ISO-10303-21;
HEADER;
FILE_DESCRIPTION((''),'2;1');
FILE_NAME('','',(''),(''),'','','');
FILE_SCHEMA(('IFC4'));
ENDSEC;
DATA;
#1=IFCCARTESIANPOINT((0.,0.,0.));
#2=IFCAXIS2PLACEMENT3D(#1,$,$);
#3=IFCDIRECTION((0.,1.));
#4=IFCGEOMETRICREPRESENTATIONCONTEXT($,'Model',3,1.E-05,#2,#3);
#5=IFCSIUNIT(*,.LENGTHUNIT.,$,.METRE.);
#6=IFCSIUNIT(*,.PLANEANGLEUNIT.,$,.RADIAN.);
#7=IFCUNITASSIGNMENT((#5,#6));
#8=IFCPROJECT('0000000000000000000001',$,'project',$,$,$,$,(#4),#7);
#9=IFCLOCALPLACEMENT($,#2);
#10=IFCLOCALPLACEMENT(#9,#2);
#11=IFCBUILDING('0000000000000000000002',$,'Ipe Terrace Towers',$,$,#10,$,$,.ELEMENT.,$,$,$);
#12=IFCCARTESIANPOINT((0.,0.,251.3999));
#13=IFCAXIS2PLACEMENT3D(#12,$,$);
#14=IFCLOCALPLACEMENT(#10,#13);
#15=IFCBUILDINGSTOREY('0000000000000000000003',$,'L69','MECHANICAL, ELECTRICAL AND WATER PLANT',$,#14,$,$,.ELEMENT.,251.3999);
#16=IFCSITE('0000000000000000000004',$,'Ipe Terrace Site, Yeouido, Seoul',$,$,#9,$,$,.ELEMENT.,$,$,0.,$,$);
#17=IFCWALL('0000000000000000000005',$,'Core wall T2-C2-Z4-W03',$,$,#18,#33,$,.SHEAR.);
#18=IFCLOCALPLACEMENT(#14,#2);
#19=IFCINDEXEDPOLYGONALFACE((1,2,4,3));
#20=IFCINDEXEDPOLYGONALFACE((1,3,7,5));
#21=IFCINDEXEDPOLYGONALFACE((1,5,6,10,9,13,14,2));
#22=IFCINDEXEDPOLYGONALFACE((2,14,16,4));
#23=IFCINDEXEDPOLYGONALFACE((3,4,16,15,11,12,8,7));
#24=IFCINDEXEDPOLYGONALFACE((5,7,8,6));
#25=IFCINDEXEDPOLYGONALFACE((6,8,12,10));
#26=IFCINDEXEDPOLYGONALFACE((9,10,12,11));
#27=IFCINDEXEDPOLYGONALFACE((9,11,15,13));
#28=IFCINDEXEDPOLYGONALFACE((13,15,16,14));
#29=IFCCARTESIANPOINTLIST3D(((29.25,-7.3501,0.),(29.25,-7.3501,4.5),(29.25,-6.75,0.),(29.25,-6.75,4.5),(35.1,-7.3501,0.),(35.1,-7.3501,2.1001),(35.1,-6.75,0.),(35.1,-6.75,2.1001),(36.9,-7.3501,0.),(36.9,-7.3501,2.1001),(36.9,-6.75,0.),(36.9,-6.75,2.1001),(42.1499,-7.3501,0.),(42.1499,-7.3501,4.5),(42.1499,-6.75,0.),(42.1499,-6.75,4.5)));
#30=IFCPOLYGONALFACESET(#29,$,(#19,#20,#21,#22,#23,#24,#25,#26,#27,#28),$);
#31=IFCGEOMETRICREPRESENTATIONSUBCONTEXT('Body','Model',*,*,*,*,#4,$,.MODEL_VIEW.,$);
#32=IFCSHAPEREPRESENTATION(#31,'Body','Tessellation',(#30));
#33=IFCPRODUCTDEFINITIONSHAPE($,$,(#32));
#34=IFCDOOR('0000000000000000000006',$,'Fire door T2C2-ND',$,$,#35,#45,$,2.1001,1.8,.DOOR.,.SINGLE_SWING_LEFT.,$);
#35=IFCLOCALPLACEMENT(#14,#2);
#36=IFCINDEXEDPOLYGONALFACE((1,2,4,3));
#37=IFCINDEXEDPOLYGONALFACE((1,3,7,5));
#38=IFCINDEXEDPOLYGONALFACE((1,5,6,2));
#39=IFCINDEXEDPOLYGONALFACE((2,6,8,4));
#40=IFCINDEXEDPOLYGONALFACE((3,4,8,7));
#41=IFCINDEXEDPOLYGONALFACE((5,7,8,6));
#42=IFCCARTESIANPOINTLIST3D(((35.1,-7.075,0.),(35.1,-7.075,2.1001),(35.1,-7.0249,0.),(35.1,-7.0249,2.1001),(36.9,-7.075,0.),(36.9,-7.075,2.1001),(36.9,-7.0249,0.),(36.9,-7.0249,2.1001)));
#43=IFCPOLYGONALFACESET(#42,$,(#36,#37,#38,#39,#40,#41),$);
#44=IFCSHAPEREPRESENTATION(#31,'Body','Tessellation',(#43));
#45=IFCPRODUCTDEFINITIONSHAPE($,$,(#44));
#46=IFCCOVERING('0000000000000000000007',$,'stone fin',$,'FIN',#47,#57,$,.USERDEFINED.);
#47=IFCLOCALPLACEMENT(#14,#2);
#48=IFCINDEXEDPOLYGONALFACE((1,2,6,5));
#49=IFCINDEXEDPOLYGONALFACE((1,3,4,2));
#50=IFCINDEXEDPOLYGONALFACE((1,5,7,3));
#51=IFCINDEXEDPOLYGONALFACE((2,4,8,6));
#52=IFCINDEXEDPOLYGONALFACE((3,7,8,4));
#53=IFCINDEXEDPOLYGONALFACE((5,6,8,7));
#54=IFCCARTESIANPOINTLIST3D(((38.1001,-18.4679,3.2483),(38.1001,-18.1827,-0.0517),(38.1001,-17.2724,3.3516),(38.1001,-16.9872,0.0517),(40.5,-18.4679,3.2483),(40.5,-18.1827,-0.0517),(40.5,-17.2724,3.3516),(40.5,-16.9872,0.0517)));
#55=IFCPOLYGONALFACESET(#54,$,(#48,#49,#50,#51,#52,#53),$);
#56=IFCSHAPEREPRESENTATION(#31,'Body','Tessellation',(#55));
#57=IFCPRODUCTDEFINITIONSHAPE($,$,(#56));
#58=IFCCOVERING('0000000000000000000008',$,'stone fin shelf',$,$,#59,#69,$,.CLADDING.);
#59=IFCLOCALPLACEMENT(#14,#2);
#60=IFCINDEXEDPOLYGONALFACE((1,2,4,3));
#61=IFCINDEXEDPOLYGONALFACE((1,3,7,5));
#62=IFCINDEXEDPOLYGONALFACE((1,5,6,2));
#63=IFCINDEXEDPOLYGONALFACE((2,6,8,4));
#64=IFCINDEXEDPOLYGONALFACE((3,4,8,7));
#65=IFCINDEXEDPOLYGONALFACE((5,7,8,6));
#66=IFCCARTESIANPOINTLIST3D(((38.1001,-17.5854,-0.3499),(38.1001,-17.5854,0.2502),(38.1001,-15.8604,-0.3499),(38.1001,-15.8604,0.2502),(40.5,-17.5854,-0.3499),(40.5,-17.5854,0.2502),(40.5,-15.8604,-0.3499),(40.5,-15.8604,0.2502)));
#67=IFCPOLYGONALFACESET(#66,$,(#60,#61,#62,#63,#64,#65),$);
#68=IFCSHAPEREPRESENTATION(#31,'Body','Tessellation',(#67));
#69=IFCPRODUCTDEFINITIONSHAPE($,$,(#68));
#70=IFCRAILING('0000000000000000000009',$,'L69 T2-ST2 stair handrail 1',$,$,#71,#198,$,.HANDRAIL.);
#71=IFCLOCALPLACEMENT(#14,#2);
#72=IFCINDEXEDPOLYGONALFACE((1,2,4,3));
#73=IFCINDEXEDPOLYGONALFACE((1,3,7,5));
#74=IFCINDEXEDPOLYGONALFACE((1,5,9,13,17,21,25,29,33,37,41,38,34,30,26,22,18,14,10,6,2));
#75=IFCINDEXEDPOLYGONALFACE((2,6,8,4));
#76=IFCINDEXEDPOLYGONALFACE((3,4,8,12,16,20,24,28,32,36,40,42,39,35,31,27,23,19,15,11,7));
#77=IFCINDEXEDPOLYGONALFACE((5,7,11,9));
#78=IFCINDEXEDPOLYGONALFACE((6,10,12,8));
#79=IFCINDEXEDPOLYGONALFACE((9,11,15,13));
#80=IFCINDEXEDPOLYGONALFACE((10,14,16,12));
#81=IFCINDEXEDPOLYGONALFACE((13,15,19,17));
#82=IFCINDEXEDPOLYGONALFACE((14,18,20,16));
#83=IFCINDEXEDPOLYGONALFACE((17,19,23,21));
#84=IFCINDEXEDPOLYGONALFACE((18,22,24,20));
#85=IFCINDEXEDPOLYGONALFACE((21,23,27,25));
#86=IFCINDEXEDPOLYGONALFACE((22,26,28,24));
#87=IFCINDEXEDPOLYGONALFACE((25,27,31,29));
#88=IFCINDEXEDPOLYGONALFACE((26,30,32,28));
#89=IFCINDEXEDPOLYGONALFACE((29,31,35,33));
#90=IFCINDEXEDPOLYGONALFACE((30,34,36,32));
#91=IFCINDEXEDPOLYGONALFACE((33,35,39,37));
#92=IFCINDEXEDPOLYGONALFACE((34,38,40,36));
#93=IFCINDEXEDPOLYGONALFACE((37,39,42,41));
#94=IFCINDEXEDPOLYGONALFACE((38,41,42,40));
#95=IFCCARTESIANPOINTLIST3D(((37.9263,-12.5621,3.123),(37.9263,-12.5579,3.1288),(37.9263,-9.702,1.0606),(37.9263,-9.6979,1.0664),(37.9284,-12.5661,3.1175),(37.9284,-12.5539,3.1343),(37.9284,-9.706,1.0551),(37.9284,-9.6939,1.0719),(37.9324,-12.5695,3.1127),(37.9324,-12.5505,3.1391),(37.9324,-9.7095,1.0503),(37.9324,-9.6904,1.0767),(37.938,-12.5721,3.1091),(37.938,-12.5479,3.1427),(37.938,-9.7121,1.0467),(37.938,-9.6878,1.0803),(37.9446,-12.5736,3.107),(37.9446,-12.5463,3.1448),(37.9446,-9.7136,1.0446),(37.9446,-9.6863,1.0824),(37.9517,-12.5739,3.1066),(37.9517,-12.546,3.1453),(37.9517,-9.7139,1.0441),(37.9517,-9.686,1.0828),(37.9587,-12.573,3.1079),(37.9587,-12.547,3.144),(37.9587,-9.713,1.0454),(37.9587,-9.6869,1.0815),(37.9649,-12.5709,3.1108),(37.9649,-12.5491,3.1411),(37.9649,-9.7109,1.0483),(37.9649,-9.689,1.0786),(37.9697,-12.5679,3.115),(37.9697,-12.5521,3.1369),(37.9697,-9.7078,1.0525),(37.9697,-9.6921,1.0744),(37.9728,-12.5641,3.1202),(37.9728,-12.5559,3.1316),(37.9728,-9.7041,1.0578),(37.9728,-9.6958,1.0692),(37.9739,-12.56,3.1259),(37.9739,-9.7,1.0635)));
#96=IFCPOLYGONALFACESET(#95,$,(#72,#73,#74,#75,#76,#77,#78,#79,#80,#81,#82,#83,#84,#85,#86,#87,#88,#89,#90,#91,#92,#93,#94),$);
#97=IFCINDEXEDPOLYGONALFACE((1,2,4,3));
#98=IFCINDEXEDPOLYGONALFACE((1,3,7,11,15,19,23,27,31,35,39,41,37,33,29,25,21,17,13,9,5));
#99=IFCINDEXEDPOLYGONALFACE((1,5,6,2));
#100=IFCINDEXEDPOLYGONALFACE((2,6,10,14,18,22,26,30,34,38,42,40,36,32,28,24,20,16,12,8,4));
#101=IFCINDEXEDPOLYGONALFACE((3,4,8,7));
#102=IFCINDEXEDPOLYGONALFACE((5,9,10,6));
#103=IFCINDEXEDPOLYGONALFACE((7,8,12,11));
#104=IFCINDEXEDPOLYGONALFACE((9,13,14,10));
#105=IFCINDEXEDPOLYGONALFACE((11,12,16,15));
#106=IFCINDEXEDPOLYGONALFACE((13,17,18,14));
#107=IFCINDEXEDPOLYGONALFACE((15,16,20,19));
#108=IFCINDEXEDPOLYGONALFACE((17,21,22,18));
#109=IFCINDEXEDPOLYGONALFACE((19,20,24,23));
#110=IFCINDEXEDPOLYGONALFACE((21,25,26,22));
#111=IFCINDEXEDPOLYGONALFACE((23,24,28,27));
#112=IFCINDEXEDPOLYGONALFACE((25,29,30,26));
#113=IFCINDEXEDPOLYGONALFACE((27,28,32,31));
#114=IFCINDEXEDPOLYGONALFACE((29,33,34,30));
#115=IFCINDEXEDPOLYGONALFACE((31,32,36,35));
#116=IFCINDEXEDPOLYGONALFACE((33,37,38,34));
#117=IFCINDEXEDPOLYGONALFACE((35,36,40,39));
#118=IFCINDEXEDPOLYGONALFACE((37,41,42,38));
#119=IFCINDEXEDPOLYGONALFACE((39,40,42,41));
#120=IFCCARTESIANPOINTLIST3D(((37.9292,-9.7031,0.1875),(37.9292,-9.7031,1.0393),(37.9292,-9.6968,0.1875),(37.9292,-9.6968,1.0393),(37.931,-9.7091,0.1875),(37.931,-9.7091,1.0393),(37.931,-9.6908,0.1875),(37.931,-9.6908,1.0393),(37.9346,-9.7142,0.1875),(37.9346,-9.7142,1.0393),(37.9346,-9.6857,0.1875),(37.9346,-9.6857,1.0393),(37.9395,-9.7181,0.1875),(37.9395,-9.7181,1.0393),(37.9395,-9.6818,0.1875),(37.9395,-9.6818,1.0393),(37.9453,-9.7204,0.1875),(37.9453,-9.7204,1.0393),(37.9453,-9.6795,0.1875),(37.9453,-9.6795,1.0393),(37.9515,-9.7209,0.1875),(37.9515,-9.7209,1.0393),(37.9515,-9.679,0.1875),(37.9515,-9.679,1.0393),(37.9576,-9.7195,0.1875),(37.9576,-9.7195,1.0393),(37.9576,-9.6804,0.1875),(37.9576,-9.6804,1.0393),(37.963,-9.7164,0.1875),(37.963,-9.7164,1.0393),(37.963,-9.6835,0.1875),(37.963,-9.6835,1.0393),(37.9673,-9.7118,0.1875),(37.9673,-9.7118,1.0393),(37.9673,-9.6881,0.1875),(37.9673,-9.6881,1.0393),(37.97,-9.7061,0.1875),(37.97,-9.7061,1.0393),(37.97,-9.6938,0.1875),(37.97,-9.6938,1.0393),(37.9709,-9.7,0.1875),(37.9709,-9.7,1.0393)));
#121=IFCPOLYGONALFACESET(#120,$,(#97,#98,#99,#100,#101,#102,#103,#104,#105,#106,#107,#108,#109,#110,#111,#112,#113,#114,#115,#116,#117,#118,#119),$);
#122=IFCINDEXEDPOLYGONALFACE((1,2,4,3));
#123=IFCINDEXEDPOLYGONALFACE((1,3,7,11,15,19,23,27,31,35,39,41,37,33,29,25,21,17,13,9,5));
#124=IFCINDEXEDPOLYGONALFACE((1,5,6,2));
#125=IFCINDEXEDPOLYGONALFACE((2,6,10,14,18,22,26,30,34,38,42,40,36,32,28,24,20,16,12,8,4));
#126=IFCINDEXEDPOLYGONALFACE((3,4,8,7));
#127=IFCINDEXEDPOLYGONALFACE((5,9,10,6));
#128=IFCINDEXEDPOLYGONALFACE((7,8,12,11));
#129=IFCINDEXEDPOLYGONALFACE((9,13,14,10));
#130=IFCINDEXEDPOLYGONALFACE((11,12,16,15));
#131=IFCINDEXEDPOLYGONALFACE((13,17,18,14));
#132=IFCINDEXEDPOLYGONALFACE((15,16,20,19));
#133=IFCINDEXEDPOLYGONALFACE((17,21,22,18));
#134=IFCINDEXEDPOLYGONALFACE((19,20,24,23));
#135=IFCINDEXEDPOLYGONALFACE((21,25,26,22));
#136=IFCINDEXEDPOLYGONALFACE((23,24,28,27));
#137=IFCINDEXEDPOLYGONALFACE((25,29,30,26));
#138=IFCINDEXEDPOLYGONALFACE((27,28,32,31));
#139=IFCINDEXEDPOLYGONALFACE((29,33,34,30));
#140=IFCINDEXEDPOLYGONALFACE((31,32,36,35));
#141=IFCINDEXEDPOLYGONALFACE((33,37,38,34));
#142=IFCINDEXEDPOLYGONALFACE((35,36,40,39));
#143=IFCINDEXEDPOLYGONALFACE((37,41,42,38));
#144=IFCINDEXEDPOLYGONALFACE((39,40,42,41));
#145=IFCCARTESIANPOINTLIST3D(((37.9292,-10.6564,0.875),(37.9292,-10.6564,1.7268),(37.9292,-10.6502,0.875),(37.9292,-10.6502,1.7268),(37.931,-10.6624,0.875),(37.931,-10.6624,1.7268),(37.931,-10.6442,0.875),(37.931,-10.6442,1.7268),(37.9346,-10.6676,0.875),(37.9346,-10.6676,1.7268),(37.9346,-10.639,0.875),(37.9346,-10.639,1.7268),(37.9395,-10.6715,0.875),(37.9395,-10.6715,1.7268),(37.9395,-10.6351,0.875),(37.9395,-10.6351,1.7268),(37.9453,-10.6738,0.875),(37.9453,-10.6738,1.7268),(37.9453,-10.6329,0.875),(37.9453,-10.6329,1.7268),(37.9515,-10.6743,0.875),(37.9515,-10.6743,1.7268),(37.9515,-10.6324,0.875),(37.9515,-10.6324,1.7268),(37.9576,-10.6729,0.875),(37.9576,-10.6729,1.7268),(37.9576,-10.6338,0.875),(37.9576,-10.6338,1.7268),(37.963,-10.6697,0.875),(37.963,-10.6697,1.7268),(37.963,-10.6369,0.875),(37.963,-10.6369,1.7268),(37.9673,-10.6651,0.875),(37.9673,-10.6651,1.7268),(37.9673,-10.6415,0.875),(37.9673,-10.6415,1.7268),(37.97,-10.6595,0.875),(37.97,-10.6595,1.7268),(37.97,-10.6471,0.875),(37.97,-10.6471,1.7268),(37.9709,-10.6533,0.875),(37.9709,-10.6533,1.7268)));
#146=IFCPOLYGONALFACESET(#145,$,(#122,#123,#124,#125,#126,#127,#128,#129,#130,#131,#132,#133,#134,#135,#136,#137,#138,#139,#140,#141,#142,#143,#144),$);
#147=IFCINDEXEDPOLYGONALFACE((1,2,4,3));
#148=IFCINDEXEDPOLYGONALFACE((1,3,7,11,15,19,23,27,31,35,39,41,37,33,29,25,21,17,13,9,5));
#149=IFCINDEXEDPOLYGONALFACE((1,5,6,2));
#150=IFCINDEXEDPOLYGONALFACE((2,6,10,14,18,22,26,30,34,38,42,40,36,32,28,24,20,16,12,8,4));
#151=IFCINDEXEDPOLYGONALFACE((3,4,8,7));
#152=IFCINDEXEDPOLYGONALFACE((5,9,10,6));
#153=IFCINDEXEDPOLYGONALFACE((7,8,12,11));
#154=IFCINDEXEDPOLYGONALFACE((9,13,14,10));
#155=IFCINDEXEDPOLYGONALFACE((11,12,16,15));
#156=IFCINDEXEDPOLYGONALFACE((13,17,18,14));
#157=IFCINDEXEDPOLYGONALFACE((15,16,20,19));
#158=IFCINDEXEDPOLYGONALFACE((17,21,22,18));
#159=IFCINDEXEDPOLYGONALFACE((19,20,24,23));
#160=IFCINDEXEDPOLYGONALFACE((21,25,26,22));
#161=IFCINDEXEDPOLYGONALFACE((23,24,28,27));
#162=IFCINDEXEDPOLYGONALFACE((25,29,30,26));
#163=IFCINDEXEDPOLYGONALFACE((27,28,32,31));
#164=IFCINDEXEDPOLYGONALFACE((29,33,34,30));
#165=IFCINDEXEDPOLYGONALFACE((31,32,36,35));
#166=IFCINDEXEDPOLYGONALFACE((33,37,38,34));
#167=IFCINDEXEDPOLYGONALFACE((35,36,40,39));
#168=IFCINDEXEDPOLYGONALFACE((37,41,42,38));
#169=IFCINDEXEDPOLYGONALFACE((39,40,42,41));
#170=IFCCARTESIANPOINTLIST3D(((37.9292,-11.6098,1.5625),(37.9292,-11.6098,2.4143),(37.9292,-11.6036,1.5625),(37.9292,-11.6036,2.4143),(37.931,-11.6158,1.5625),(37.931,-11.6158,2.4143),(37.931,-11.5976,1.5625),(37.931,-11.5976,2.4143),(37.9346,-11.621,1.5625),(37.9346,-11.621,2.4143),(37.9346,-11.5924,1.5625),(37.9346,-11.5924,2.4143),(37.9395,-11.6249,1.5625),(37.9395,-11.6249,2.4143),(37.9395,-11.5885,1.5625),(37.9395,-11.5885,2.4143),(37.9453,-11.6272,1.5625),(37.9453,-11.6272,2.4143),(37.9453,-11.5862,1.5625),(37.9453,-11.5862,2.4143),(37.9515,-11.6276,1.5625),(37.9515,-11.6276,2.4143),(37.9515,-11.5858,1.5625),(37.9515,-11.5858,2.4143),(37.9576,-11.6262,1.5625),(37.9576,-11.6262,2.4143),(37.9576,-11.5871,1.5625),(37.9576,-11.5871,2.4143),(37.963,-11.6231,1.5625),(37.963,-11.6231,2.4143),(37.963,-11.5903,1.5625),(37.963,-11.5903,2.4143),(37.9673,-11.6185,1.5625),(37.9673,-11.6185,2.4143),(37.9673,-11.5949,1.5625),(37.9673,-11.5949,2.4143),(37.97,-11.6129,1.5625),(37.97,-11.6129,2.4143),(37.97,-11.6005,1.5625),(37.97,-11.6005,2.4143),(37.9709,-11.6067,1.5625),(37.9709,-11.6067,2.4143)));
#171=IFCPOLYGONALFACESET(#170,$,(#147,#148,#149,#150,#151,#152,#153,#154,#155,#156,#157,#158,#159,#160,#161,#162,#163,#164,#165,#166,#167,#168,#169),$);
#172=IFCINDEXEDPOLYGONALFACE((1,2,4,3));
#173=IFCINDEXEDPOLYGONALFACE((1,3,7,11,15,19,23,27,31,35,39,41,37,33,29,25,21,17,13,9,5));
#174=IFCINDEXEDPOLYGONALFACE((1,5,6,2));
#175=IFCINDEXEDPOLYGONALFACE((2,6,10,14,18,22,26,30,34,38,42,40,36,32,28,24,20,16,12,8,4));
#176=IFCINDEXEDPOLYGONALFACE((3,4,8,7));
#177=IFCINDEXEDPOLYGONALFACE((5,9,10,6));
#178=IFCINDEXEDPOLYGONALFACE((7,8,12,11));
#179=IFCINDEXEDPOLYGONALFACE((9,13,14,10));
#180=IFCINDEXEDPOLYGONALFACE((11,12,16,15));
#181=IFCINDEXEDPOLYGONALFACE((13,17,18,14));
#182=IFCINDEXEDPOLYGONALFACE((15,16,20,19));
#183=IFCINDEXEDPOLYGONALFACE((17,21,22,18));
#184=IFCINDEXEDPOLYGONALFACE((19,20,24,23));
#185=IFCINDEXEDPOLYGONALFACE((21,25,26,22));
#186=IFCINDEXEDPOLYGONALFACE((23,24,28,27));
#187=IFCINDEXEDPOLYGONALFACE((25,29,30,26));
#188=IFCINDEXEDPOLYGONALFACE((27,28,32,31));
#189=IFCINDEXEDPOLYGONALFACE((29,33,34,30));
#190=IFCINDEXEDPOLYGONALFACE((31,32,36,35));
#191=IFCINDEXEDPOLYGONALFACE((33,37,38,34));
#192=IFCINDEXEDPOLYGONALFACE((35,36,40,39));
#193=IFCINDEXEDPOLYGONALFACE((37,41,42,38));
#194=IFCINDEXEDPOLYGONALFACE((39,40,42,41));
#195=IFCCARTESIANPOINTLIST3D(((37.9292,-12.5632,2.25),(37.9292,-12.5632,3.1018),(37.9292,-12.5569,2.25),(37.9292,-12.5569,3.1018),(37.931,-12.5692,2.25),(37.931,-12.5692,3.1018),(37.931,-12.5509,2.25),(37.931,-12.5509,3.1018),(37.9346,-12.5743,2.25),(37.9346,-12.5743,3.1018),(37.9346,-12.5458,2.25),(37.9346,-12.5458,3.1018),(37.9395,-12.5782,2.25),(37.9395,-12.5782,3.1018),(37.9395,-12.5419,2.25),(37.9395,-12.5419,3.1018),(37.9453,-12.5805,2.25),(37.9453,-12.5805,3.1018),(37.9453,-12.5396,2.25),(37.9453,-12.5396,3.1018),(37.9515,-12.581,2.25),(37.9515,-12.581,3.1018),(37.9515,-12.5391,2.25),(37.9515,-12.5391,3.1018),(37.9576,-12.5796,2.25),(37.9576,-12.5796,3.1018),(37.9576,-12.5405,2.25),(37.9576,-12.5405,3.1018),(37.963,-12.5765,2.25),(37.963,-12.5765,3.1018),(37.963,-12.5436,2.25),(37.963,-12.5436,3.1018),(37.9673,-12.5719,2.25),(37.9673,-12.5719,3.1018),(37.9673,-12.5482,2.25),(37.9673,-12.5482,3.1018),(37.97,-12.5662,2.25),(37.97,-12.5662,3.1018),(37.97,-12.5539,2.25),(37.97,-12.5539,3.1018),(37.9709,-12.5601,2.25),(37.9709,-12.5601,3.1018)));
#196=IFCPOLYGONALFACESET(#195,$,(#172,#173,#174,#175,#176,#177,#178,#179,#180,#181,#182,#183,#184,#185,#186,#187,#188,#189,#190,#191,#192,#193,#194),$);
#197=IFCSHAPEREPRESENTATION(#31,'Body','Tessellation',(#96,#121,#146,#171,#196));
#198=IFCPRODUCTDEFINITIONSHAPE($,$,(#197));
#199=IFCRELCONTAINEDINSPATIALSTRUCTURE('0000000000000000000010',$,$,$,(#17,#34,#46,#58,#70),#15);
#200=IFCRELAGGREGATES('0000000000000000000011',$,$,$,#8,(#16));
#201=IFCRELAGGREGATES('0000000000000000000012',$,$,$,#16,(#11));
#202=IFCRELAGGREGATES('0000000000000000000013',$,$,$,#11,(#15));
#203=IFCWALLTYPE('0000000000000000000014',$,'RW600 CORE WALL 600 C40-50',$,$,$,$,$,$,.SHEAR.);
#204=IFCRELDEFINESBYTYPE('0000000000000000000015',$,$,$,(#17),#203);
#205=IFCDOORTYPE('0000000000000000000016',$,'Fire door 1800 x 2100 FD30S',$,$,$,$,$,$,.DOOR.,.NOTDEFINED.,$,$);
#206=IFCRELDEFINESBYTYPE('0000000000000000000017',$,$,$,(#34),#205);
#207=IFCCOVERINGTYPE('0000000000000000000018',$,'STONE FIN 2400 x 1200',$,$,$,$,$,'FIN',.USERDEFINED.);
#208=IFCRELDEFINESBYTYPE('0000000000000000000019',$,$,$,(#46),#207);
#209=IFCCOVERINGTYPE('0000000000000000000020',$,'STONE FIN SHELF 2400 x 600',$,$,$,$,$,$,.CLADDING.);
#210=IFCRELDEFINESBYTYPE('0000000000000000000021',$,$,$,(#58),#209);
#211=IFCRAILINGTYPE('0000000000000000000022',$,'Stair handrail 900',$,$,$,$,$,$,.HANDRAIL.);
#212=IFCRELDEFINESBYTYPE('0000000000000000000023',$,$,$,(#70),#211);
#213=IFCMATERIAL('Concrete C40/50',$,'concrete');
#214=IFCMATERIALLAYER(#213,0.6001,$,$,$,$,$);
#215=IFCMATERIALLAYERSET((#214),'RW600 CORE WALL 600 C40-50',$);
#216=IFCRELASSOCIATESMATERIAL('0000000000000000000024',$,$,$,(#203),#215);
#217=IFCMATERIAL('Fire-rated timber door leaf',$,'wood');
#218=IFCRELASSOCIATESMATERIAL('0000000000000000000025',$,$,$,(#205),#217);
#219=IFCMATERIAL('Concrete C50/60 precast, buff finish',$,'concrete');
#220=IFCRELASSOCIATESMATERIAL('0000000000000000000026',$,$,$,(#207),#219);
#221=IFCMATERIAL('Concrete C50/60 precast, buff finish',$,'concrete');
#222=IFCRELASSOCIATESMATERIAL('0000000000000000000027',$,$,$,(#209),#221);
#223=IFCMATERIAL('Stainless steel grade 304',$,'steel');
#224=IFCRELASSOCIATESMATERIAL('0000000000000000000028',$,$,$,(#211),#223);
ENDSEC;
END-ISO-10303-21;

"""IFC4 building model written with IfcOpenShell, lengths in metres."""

from ifc_helpers import new_model, si_unit, direction, frame, frame_2d, origin, origin_2d, place, context, subcontext, project, spatial, rectangle, circle, extrude, material, layer, layer_set, material_profile, profile_set, type_object, element, fill, save


model = new_model("IFC4")

# Units and contexts
model_context = context("Model", 3, precision=1e-05, world=origin(), true_north=direction((0.0, 1.0)))
body_context = subcontext(model_context, "Body", "Model", "MODEL_VIEW")
ifc_project = project(units=[si_unit("LENGTHUNIT", "METRE"), si_unit("PLANEANGLEUNIT", "RADIAN")], contexts=[model_context])

# Site, building, storey
site_placement = place(None, origin())
site = spatial("IfcSite", under=ifc_project, at=site_placement, Name="Ipe Terrace Site, Yeouido, Seoul", CompositionType="ELEMENT", RefElevation=0.0)
building_placement = place(site_placement, origin())
building = spatial("IfcBuilding", under=site, at=building_placement, Name="Ipe Terrace Towers", CompositionType="ELEMENT")
storey_placement = place(building_placement, frame((0.0, 0.0, 251.3999)))
storey = spatial("IfcBuildingStorey", under=building, at=storey_placement, Name="L69", Description="MECHANICAL, ELECTRICAL AND WATER PLANT", CompositionType="ELEMENT", Elevation=251.3999)

# Shared definitions
ifc_material_1 = material(Name="Concrete C40/50", Category="concrete")
ifc_layer_1 = layer(ifc_material_1, 0.6001)
ifc_layer_set_1 = layer_set([ifc_layer_1], Name="RW600 CORE WALL 600 C40-50")
wall_type_1 = type_object("IfcWallType", Name="RW600 CORE WALL 600 C40-50", PredefinedType="SHEAR", material=ifc_layer_set_1)

# Wall, opening, door
wall_1_placement = place(storey_placement, frame((42.1499, -7.05, 0.0), z_axis=(0.0, 0.0, 1.0), x_axis=(-1.0, 0.0, 0.0)))
wall_1 = element("IfcWall", 1, at=wall_1_placement, inside=storey, type_object=wall_type_1, Name="Core wall T2-C2-Z4-W03", PredefinedType="SHEAR", context=body_context, shape_type="SweptSolid", body=[
    extrude(rectangle(XDim=12.8999, YDim=0.6001, at=frame_2d((6.45, 0.0))), origin(), (0.0, 0.0, 1.0), 4.5),
])
opening_1_placement = place(wall_1_placement, frame((5.25, 0.0, 0.0)))
opening_1 = element("IfcOpeningElement", 2, at=opening_1_placement, cuts=wall_1, PredefinedType="OPENING", context=body_context, shape_type="SweptSolid", body=[
    extrude(rectangle(XDim=1.8, YDim=2.1001, at=frame_2d((0.8999, 1.05))), frame((0.0, 0.3101, 0.0), z_axis=(0.0, -1.0, 0.0), x_axis=(1.0, 0.0, 0.0)), (0.0, 0.0, 1.0), 0.6201),
])
ifc_material_2 = material(Name="Fire-rated timber door leaf", Category="wood")
door_type_1 = type_object("IfcDoorType", Name="Fire door 1800 x 2100 FD30S", OperationType="NOTDEFINED", PredefinedType="DOOR", material=ifc_material_2)
door_1_placement = place(opening_1_placement, origin())
door_1 = element("IfcDoor", 3, at=door_1_placement, inside=storey, type_object=door_type_1, Name="Fire door T2C2-ND", OperationType="SINGLE_SWING_LEFT", OverallHeight=2.1001, OverallWidth=1.8, PredefinedType="DOOR", context=body_context, shape_type="SweptSolid", body=[
    extrude(rectangle(XDim=1.8, YDim=2.1001, at=frame_2d((0.8999, 1.05))), frame((0.0, 0.0249, 0.0), z_axis=(0.0, -1.0, 0.0), x_axis=(1.0, 0.0, 0.0)), (0.0, 0.0, 1.0), 0.05),
])
fill(opening_1, door_1)

# Coverings
ifc_material_3 = material(Name="Concrete C50/60 precast, buff finish", Category="concrete")
ifc_material_profile_1 = material_profile(ifc_material_3, rectangle(XDim=2.3999, YDim=1.2, at=origin_2d()), Name="STONE FIN 2400 x 1200")
ifc_profile_set_1 = profile_set([ifc_material_profile_1], Name="Concrete C50/60 precast, buff finish")
covering_type_1 = type_object("IfcCoveringType", Name="STONE FIN 2400 x 1200", ElementType="FIN", PredefinedType="USERDEFINED", material=ifc_profile_set_1)
covering_1_placement = place(storey_placement, frame((39.3, -17.585, 0.0), z_axis=(0.0, -0.086089, 0.996287), x_axis=(1.0, 0.0, 0.0)))
element("IfcCovering", 4, at=covering_1_placement, inside=storey, type_object=covering_type_1, Name="stone fin", ObjectType="FIN", PredefinedType="USERDEFINED", context=body_context, shape_type="SweptSolid", body=[
    extrude(rectangle(XDim=2.3999, YDim=1.2, at=origin_2d()), origin(), (0.0, 0.0, 1.0), 3.3123),
])
ifc_material_4 = material(Name="Concrete C50/60 precast, buff finish", Category="concrete")
covering_type_2 = type_object("IfcCoveringType", Name="STONE FIN SHELF 2400 x 600", PredefinedType="CLADDING", material=ifc_material_4)
covering_2_placement = place(storey_placement, frame((39.3, -16.7229, -0.3499), z_axis=(0.0, 0.0, 1.0), x_axis=(1.0, 0.0, 0.0)))
element("IfcCovering", 5, at=covering_2_placement, inside=storey, type_object=covering_type_2, Name="stone fin shelf", PredefinedType="CLADDING", context=body_context, shape_type="SweptSolid", body=[
    extrude(rectangle(XDim=2.3999, YDim=1.7251, at=origin_2d()), origin(), (0.0, 0.0, 1.0), 0.6001),
])

# Railing
ifc_material_5 = material(Name="Stainless steel grade 304", Category="steel")
railing_type_1 = type_object("IfcRailingType", Name="Stair handrail 900", PredefinedType="HANDRAIL", material=ifc_material_5)
railing_1_placement = place(storey_placement, frame((37.95, -9.7, 0.1875)))
element("IfcRailing", 6, at=railing_1_placement, inside=storey, type_object=railing_type_1, Name="L69 T2-ST2 stair handrail 1", PredefinedType="HANDRAIL", context=body_context, shape_type="SweptSolid", body=[
    extrude(circle(Radius=0.0239, at=origin_2d()), frame((0.0, 0.0, 0.876), z_axis=(0.0, -0.811101, 0.584906), x_axis=(1.0, 0.0, 0.0)), (0.0, 0.0, 1.0), 3.5261),
    extrude(circle(Radius=0.021, at=origin_2d()), origin(), (0.0, 0.0, 1.0), 0.8518),
    extrude(circle(Radius=0.021, at=origin_2d()), frame((0.0, -0.9534, 0.6875)), (0.0, 0.0, 1.0), 0.8518),
    extrude(circle(Radius=0.021, at=origin_2d()), frame((0.0, -1.9067, 1.375)), (0.0, 0.0, 1.0), 0.8518),
    extrude(circle(Radius=0.021, at=origin_2d()), frame((0.0, -2.8601, 2.0625)), (0.0, 0.0, 1.0), 0.8518),
])

save(model, "model.ifc")
